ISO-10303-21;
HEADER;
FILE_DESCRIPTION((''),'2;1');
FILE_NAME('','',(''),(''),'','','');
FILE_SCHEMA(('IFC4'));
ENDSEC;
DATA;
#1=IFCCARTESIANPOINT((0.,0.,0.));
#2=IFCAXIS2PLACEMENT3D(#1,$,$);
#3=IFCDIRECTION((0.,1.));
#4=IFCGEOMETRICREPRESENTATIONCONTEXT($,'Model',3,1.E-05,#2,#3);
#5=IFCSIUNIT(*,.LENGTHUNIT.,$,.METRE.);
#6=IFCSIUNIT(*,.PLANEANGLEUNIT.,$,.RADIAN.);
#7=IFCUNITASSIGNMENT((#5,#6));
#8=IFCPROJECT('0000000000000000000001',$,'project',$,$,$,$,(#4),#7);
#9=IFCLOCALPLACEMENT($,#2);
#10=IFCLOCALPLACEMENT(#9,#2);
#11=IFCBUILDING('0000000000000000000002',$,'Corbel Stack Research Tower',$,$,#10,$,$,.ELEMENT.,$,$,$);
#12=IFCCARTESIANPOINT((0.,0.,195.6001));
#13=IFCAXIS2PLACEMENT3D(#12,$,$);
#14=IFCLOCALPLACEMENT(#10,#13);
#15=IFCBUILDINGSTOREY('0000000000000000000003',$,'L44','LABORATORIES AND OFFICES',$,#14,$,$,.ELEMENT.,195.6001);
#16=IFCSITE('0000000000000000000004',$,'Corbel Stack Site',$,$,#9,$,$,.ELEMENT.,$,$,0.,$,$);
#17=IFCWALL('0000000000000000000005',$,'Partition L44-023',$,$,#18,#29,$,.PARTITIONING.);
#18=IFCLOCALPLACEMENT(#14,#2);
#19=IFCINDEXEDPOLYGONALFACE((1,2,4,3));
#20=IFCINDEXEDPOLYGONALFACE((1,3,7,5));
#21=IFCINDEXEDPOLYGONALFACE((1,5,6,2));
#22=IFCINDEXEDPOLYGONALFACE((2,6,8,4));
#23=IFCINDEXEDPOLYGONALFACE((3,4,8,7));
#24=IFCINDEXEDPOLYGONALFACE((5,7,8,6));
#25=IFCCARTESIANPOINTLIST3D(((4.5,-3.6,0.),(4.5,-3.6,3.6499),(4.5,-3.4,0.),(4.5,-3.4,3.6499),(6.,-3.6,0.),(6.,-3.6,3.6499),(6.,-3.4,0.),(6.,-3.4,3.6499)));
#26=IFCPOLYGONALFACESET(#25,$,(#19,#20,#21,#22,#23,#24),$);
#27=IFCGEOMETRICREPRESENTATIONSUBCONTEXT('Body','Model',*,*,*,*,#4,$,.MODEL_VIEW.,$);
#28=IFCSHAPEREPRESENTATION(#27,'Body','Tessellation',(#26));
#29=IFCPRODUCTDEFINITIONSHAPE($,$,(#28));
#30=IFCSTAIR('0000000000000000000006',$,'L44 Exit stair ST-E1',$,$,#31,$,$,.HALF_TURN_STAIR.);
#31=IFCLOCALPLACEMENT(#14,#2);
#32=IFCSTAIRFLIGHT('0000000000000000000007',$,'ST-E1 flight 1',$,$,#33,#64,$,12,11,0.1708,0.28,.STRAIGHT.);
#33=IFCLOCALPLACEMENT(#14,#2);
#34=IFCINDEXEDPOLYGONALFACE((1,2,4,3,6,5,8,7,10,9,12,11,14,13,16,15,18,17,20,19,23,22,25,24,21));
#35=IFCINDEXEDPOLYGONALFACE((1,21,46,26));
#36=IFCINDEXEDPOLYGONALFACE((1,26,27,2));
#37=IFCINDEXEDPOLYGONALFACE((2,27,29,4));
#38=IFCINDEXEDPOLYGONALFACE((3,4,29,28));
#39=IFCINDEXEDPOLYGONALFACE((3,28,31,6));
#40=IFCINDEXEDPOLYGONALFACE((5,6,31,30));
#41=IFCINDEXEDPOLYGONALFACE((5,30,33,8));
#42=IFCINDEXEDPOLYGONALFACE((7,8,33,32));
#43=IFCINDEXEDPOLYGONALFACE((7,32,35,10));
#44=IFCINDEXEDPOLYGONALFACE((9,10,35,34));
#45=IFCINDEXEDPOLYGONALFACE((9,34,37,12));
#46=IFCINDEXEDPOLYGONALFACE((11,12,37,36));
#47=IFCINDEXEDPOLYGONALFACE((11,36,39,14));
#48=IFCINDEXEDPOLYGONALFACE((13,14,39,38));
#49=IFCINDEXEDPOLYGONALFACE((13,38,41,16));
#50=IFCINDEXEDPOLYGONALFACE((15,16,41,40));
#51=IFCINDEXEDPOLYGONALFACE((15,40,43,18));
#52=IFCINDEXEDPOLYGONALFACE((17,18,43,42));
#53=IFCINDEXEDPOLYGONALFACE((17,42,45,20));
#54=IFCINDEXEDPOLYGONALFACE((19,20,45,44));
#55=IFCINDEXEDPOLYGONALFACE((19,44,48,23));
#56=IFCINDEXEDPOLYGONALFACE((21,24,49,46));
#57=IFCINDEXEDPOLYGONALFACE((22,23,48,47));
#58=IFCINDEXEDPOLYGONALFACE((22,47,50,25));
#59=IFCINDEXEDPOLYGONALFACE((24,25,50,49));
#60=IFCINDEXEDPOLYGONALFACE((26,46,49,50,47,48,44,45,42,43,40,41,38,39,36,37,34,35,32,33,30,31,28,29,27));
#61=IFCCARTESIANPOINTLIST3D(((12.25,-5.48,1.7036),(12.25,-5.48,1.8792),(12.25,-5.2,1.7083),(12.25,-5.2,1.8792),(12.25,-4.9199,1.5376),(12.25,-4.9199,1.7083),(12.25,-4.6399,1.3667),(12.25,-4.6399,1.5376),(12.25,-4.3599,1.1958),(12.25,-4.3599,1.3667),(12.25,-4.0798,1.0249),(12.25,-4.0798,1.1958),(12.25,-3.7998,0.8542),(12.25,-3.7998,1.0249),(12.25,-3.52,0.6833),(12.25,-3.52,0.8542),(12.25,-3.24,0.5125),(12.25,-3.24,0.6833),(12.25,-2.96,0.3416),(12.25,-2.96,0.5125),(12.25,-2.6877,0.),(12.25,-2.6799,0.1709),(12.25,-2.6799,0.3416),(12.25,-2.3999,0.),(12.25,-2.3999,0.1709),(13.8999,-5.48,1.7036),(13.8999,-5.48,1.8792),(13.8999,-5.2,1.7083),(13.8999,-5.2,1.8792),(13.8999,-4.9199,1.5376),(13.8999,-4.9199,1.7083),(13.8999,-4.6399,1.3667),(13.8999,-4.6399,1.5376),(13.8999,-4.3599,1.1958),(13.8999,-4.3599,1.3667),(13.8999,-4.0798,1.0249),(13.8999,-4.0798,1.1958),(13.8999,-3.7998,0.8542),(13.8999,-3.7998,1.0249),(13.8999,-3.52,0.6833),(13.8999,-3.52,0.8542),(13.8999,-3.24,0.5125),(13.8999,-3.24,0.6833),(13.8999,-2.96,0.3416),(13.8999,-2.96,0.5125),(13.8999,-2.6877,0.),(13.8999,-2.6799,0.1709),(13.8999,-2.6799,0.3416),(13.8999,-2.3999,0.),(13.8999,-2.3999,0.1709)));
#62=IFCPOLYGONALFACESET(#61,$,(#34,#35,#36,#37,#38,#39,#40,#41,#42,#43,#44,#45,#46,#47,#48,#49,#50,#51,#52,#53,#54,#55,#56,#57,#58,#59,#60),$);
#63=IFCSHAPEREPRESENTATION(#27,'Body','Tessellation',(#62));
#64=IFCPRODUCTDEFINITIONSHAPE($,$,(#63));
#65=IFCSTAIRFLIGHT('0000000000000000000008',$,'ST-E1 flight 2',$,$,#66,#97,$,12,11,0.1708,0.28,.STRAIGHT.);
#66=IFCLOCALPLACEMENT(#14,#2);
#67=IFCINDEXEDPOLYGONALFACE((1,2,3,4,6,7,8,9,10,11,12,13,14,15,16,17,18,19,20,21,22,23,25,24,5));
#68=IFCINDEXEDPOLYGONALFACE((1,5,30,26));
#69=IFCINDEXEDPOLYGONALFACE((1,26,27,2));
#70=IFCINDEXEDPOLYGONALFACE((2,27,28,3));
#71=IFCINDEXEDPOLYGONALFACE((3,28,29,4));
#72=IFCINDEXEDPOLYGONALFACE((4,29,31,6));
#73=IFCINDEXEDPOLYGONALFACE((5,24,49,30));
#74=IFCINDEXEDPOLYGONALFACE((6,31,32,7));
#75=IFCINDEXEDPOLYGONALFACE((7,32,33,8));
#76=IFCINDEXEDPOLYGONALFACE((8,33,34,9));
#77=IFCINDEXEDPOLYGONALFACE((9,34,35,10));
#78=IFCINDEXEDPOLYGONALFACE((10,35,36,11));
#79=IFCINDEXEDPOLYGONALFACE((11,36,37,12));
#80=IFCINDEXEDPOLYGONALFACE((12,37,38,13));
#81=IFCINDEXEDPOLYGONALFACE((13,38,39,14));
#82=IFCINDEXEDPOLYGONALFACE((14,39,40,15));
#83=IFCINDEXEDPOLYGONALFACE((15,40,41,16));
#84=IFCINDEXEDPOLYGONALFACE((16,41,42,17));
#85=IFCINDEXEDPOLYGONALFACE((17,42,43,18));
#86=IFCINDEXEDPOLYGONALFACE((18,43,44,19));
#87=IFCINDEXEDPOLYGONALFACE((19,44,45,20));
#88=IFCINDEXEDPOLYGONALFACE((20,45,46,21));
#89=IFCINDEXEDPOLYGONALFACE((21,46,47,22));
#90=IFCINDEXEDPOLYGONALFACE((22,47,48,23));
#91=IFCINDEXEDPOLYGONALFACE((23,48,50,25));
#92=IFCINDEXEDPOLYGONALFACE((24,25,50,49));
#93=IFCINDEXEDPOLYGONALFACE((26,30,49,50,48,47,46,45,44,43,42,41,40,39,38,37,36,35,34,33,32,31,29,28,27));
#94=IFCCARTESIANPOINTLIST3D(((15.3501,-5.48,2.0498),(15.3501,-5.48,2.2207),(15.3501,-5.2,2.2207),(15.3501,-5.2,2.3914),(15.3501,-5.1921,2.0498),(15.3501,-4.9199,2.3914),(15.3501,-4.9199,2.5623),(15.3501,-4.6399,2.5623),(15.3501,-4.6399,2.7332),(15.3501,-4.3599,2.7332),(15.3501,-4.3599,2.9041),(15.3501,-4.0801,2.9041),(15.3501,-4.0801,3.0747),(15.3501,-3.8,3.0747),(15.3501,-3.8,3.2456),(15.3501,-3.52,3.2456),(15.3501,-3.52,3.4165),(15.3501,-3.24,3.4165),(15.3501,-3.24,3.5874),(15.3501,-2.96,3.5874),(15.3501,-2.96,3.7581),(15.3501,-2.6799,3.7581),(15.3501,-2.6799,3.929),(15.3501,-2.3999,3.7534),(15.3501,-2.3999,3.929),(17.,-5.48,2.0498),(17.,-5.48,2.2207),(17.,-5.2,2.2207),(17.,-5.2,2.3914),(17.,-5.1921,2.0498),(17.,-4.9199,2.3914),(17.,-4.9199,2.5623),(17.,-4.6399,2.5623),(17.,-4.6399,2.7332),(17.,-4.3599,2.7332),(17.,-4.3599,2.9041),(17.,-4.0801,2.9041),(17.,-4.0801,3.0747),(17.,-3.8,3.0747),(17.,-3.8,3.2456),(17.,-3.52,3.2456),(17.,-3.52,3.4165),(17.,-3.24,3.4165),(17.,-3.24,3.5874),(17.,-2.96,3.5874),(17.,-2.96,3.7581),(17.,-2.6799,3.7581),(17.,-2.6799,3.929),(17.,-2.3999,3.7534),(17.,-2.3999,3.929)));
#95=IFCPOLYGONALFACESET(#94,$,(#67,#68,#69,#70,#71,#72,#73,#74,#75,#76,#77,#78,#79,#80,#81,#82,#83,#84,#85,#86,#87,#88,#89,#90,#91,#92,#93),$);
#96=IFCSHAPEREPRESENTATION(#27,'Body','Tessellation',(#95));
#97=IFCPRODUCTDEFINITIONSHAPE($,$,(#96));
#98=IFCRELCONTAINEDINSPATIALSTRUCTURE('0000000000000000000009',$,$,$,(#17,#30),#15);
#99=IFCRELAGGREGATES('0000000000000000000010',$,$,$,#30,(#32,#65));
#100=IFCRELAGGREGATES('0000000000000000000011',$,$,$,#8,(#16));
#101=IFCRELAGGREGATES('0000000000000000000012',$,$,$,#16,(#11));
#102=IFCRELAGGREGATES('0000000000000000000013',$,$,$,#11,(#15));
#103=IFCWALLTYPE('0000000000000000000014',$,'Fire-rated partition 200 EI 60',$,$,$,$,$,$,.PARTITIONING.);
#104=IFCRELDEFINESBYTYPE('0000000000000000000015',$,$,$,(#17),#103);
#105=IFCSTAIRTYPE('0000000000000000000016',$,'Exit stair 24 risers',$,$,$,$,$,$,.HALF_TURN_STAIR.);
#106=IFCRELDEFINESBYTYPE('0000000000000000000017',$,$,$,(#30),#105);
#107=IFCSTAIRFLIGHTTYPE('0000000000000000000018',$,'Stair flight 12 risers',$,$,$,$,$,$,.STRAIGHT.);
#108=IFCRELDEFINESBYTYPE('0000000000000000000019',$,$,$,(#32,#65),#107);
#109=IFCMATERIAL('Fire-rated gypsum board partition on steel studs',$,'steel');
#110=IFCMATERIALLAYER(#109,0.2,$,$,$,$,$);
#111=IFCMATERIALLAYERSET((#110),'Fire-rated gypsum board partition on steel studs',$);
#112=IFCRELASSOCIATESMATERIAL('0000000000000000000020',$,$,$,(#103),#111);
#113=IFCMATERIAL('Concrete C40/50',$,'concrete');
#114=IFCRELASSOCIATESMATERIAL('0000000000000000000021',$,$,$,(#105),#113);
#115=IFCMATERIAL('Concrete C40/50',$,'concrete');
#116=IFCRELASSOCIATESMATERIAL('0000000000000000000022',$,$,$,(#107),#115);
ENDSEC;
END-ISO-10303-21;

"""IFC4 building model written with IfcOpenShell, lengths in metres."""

from ifc_helpers import new_model, si_unit, direction, frame, frame_2d, origin, place, context, subcontext, project, spatial, polyline, rectangle, outline, extrude, material, layer, layer_set, type_object, element, aggregate, save


model = new_model("IFC4")

# Units and contexts
model_context = context("Model", 3, precision=1e-05, world=origin(), true_north=direction((0.0, 1.0)))
body_context = subcontext(model_context, "Body", "Model", "MODEL_VIEW")
ifc_project = project(units=[si_unit("LENGTHUNIT", "METRE"), si_unit("PLANEANGLEUNIT", "RADIAN")], contexts=[model_context])

# Site, building, storey
site_placement = place(None, origin())
site = spatial("IfcSite", under=ifc_project, at=site_placement, Name="Corbel Stack Site", CompositionType="ELEMENT", RefElevation=0.0)
building_placement = place(site_placement, origin())
building = spatial("IfcBuilding", under=site, at=building_placement, Name="Corbel Stack Research Tower", CompositionType="ELEMENT")
storey_placement = place(building_placement, frame((0.0, 0.0, 195.6001)))
storey = spatial("IfcBuildingStorey", under=building, at=storey_placement, Name="L44", Description="LABORATORIES AND OFFICES", CompositionType="ELEMENT", Elevation=195.6001)

# Wall
ifc_material_1 = material(Name="Fire-rated gypsum board partition on steel studs", Category="steel")
ifc_layer_1 = layer(ifc_material_1, 0.2)
ifc_layer_set_1 = layer_set([ifc_layer_1], Name="Fire-rated gypsum board partition on steel studs")
wall_type_1 = type_object("IfcWallType", Name="Fire-rated partition 200 EI 60", PredefinedType="PARTITIONING", material=ifc_layer_set_1)
for number, where, z_axis, x_axis, name in (
    (1, (4.5, -3.5, 0.0), (0.0, 0.0, 1.0), (1.0, 0.0, 0.0), "Partition L44-023"),
):
    element("IfcWall", number, at=place(storey_placement, frame(where, z_axis=z_axis, x_axis=x_axis)), inside=storey, type_object=wall_type_1, Name=name, PredefinedType="PARTITIONING", context=body_context, shape_type="SweptSolid", body=[
        extrude(rectangle(XDim=1.5, YDim=0.2, at=frame_2d((0.75, 0.0))), origin(), (0.0, 0.0, 1.0), 3.6499),
    ])

# Stair, stair flights
ifc_material_2 = material(Name="Concrete C40/50", Category="concrete")
stair_type = type_object("IfcStairType", Name="Exit stair 24 risers", PredefinedType="HALF_TURN_STAIR", material=ifc_material_2)
stair_placement = place(storey_placement, origin())
stair = element("IfcStair", 2, at=stair_placement, inside=storey, type_object=stair_type, Name="L44 Exit stair ST-E1", PredefinedType="HALF_TURN_STAIR")
ifc_material_3 = material(Name="Concrete C40/50", Category="concrete")
stair_flight_type = type_object("IfcStairFlightType", Name="Stair flight 12 risers", PredefinedType="STRAIGHT", material=ifc_material_3)
stair_flight_1_placement = place(storey_placement, frame((13.075, -2.3999, 0.0), z_axis=(0.0, 0.0, 1.0), x_axis=(0.0, -1.0, 0.0)))
stair_flight_1 = element("IfcStairFlight", 3, at=stair_flight_1_placement, type_object=stair_flight_type, Name="ST-E1 flight 1", NumberOfRisers=12, NumberOfTreads=11, PredefinedType="STRAIGHT", RiserHeight=0.1708, TreadLength=0.28, context=body_context, shape_type="SweptSolid", body=[
    extrude(outline(polyline([(0.0, 0.0), (0.0, 0.1709), (0.28, 0.1709), (0.28, 0.3416), (0.5601, 0.3416), (0.5601, 0.5125), (0.8401, 0.5125), (0.8401, 0.6833), (1.1201, 0.6833), (1.1201, 0.8542), (1.3999, 0.8542), (1.3999, 1.0249), (1.6799, 1.0249), (1.6799, 1.1958), (1.96, 1.1958), (1.96, 1.3667), (2.24, 1.3667), (2.24, 1.5376), (2.52, 1.5376), (2.52, 1.7083), (2.8, 1.7083), (2.8, 1.8792), (3.0801, 1.8792), (3.0801, 2.05), (3.0801, 1.7036), (0.2878, 0.0), (0.0, 0.0)])), frame((0.0, 0.825, 0.0), z_axis=(0.0, -1.0, 0.0), x_axis=(1.0, 0.0, 0.0)), (0.0, 0.0, 1.0), 1.6499),
])
stair_flight_2_placement = place(storey_placement, frame((16.175, -5.48, 2.0498), z_axis=(0.0, 0.0, 1.0), x_axis=(0.0, 1.0, 0.0)))
stair_flight_2 = element("IfcStairFlight", 4, at=stair_flight_2_placement, type_object=stair_flight_type, Name="ST-E1 flight 2", NumberOfRisers=12, NumberOfTreads=11, PredefinedType="STRAIGHT", RiserHeight=0.1708, TreadLength=0.28, context=body_context, shape_type="SweptSolid", body=[
    extrude(outline(polyline([(0.0, 0.0), (0.0, 0.1709), (0.28, 0.1709), (0.28, 0.3416), (0.5601, 0.3416), (0.5601, 0.5125), (0.8401, 0.5125), (0.8401, 0.6833), (1.1201, 0.6833), (1.1201, 0.8542), (1.3999, 0.8542), (1.3999, 1.0249), (1.6799, 1.0249), (1.6799, 1.1958), (1.96, 1.1958), (1.96, 1.3667), (2.24, 1.3667), (2.24, 1.5376), (2.52, 1.5376), (2.52, 1.7083), (2.8, 1.7083), (2.8, 1.8792), (3.0801, 1.8792), (3.0801, 2.05), (3.0801, 1.7036), (0.2878, 0.0), (0.0, 0.0)])), frame((0.0, 0.825, 0.0), z_axis=(0.0, -1.0, 0.0), x_axis=(1.0, 0.0, 0.0)), (0.0, 0.0, 1.0), 1.6499),
])
aggregate(stair, [stair_flight_1, stair_flight_2])

save(model, "model.ifc")
